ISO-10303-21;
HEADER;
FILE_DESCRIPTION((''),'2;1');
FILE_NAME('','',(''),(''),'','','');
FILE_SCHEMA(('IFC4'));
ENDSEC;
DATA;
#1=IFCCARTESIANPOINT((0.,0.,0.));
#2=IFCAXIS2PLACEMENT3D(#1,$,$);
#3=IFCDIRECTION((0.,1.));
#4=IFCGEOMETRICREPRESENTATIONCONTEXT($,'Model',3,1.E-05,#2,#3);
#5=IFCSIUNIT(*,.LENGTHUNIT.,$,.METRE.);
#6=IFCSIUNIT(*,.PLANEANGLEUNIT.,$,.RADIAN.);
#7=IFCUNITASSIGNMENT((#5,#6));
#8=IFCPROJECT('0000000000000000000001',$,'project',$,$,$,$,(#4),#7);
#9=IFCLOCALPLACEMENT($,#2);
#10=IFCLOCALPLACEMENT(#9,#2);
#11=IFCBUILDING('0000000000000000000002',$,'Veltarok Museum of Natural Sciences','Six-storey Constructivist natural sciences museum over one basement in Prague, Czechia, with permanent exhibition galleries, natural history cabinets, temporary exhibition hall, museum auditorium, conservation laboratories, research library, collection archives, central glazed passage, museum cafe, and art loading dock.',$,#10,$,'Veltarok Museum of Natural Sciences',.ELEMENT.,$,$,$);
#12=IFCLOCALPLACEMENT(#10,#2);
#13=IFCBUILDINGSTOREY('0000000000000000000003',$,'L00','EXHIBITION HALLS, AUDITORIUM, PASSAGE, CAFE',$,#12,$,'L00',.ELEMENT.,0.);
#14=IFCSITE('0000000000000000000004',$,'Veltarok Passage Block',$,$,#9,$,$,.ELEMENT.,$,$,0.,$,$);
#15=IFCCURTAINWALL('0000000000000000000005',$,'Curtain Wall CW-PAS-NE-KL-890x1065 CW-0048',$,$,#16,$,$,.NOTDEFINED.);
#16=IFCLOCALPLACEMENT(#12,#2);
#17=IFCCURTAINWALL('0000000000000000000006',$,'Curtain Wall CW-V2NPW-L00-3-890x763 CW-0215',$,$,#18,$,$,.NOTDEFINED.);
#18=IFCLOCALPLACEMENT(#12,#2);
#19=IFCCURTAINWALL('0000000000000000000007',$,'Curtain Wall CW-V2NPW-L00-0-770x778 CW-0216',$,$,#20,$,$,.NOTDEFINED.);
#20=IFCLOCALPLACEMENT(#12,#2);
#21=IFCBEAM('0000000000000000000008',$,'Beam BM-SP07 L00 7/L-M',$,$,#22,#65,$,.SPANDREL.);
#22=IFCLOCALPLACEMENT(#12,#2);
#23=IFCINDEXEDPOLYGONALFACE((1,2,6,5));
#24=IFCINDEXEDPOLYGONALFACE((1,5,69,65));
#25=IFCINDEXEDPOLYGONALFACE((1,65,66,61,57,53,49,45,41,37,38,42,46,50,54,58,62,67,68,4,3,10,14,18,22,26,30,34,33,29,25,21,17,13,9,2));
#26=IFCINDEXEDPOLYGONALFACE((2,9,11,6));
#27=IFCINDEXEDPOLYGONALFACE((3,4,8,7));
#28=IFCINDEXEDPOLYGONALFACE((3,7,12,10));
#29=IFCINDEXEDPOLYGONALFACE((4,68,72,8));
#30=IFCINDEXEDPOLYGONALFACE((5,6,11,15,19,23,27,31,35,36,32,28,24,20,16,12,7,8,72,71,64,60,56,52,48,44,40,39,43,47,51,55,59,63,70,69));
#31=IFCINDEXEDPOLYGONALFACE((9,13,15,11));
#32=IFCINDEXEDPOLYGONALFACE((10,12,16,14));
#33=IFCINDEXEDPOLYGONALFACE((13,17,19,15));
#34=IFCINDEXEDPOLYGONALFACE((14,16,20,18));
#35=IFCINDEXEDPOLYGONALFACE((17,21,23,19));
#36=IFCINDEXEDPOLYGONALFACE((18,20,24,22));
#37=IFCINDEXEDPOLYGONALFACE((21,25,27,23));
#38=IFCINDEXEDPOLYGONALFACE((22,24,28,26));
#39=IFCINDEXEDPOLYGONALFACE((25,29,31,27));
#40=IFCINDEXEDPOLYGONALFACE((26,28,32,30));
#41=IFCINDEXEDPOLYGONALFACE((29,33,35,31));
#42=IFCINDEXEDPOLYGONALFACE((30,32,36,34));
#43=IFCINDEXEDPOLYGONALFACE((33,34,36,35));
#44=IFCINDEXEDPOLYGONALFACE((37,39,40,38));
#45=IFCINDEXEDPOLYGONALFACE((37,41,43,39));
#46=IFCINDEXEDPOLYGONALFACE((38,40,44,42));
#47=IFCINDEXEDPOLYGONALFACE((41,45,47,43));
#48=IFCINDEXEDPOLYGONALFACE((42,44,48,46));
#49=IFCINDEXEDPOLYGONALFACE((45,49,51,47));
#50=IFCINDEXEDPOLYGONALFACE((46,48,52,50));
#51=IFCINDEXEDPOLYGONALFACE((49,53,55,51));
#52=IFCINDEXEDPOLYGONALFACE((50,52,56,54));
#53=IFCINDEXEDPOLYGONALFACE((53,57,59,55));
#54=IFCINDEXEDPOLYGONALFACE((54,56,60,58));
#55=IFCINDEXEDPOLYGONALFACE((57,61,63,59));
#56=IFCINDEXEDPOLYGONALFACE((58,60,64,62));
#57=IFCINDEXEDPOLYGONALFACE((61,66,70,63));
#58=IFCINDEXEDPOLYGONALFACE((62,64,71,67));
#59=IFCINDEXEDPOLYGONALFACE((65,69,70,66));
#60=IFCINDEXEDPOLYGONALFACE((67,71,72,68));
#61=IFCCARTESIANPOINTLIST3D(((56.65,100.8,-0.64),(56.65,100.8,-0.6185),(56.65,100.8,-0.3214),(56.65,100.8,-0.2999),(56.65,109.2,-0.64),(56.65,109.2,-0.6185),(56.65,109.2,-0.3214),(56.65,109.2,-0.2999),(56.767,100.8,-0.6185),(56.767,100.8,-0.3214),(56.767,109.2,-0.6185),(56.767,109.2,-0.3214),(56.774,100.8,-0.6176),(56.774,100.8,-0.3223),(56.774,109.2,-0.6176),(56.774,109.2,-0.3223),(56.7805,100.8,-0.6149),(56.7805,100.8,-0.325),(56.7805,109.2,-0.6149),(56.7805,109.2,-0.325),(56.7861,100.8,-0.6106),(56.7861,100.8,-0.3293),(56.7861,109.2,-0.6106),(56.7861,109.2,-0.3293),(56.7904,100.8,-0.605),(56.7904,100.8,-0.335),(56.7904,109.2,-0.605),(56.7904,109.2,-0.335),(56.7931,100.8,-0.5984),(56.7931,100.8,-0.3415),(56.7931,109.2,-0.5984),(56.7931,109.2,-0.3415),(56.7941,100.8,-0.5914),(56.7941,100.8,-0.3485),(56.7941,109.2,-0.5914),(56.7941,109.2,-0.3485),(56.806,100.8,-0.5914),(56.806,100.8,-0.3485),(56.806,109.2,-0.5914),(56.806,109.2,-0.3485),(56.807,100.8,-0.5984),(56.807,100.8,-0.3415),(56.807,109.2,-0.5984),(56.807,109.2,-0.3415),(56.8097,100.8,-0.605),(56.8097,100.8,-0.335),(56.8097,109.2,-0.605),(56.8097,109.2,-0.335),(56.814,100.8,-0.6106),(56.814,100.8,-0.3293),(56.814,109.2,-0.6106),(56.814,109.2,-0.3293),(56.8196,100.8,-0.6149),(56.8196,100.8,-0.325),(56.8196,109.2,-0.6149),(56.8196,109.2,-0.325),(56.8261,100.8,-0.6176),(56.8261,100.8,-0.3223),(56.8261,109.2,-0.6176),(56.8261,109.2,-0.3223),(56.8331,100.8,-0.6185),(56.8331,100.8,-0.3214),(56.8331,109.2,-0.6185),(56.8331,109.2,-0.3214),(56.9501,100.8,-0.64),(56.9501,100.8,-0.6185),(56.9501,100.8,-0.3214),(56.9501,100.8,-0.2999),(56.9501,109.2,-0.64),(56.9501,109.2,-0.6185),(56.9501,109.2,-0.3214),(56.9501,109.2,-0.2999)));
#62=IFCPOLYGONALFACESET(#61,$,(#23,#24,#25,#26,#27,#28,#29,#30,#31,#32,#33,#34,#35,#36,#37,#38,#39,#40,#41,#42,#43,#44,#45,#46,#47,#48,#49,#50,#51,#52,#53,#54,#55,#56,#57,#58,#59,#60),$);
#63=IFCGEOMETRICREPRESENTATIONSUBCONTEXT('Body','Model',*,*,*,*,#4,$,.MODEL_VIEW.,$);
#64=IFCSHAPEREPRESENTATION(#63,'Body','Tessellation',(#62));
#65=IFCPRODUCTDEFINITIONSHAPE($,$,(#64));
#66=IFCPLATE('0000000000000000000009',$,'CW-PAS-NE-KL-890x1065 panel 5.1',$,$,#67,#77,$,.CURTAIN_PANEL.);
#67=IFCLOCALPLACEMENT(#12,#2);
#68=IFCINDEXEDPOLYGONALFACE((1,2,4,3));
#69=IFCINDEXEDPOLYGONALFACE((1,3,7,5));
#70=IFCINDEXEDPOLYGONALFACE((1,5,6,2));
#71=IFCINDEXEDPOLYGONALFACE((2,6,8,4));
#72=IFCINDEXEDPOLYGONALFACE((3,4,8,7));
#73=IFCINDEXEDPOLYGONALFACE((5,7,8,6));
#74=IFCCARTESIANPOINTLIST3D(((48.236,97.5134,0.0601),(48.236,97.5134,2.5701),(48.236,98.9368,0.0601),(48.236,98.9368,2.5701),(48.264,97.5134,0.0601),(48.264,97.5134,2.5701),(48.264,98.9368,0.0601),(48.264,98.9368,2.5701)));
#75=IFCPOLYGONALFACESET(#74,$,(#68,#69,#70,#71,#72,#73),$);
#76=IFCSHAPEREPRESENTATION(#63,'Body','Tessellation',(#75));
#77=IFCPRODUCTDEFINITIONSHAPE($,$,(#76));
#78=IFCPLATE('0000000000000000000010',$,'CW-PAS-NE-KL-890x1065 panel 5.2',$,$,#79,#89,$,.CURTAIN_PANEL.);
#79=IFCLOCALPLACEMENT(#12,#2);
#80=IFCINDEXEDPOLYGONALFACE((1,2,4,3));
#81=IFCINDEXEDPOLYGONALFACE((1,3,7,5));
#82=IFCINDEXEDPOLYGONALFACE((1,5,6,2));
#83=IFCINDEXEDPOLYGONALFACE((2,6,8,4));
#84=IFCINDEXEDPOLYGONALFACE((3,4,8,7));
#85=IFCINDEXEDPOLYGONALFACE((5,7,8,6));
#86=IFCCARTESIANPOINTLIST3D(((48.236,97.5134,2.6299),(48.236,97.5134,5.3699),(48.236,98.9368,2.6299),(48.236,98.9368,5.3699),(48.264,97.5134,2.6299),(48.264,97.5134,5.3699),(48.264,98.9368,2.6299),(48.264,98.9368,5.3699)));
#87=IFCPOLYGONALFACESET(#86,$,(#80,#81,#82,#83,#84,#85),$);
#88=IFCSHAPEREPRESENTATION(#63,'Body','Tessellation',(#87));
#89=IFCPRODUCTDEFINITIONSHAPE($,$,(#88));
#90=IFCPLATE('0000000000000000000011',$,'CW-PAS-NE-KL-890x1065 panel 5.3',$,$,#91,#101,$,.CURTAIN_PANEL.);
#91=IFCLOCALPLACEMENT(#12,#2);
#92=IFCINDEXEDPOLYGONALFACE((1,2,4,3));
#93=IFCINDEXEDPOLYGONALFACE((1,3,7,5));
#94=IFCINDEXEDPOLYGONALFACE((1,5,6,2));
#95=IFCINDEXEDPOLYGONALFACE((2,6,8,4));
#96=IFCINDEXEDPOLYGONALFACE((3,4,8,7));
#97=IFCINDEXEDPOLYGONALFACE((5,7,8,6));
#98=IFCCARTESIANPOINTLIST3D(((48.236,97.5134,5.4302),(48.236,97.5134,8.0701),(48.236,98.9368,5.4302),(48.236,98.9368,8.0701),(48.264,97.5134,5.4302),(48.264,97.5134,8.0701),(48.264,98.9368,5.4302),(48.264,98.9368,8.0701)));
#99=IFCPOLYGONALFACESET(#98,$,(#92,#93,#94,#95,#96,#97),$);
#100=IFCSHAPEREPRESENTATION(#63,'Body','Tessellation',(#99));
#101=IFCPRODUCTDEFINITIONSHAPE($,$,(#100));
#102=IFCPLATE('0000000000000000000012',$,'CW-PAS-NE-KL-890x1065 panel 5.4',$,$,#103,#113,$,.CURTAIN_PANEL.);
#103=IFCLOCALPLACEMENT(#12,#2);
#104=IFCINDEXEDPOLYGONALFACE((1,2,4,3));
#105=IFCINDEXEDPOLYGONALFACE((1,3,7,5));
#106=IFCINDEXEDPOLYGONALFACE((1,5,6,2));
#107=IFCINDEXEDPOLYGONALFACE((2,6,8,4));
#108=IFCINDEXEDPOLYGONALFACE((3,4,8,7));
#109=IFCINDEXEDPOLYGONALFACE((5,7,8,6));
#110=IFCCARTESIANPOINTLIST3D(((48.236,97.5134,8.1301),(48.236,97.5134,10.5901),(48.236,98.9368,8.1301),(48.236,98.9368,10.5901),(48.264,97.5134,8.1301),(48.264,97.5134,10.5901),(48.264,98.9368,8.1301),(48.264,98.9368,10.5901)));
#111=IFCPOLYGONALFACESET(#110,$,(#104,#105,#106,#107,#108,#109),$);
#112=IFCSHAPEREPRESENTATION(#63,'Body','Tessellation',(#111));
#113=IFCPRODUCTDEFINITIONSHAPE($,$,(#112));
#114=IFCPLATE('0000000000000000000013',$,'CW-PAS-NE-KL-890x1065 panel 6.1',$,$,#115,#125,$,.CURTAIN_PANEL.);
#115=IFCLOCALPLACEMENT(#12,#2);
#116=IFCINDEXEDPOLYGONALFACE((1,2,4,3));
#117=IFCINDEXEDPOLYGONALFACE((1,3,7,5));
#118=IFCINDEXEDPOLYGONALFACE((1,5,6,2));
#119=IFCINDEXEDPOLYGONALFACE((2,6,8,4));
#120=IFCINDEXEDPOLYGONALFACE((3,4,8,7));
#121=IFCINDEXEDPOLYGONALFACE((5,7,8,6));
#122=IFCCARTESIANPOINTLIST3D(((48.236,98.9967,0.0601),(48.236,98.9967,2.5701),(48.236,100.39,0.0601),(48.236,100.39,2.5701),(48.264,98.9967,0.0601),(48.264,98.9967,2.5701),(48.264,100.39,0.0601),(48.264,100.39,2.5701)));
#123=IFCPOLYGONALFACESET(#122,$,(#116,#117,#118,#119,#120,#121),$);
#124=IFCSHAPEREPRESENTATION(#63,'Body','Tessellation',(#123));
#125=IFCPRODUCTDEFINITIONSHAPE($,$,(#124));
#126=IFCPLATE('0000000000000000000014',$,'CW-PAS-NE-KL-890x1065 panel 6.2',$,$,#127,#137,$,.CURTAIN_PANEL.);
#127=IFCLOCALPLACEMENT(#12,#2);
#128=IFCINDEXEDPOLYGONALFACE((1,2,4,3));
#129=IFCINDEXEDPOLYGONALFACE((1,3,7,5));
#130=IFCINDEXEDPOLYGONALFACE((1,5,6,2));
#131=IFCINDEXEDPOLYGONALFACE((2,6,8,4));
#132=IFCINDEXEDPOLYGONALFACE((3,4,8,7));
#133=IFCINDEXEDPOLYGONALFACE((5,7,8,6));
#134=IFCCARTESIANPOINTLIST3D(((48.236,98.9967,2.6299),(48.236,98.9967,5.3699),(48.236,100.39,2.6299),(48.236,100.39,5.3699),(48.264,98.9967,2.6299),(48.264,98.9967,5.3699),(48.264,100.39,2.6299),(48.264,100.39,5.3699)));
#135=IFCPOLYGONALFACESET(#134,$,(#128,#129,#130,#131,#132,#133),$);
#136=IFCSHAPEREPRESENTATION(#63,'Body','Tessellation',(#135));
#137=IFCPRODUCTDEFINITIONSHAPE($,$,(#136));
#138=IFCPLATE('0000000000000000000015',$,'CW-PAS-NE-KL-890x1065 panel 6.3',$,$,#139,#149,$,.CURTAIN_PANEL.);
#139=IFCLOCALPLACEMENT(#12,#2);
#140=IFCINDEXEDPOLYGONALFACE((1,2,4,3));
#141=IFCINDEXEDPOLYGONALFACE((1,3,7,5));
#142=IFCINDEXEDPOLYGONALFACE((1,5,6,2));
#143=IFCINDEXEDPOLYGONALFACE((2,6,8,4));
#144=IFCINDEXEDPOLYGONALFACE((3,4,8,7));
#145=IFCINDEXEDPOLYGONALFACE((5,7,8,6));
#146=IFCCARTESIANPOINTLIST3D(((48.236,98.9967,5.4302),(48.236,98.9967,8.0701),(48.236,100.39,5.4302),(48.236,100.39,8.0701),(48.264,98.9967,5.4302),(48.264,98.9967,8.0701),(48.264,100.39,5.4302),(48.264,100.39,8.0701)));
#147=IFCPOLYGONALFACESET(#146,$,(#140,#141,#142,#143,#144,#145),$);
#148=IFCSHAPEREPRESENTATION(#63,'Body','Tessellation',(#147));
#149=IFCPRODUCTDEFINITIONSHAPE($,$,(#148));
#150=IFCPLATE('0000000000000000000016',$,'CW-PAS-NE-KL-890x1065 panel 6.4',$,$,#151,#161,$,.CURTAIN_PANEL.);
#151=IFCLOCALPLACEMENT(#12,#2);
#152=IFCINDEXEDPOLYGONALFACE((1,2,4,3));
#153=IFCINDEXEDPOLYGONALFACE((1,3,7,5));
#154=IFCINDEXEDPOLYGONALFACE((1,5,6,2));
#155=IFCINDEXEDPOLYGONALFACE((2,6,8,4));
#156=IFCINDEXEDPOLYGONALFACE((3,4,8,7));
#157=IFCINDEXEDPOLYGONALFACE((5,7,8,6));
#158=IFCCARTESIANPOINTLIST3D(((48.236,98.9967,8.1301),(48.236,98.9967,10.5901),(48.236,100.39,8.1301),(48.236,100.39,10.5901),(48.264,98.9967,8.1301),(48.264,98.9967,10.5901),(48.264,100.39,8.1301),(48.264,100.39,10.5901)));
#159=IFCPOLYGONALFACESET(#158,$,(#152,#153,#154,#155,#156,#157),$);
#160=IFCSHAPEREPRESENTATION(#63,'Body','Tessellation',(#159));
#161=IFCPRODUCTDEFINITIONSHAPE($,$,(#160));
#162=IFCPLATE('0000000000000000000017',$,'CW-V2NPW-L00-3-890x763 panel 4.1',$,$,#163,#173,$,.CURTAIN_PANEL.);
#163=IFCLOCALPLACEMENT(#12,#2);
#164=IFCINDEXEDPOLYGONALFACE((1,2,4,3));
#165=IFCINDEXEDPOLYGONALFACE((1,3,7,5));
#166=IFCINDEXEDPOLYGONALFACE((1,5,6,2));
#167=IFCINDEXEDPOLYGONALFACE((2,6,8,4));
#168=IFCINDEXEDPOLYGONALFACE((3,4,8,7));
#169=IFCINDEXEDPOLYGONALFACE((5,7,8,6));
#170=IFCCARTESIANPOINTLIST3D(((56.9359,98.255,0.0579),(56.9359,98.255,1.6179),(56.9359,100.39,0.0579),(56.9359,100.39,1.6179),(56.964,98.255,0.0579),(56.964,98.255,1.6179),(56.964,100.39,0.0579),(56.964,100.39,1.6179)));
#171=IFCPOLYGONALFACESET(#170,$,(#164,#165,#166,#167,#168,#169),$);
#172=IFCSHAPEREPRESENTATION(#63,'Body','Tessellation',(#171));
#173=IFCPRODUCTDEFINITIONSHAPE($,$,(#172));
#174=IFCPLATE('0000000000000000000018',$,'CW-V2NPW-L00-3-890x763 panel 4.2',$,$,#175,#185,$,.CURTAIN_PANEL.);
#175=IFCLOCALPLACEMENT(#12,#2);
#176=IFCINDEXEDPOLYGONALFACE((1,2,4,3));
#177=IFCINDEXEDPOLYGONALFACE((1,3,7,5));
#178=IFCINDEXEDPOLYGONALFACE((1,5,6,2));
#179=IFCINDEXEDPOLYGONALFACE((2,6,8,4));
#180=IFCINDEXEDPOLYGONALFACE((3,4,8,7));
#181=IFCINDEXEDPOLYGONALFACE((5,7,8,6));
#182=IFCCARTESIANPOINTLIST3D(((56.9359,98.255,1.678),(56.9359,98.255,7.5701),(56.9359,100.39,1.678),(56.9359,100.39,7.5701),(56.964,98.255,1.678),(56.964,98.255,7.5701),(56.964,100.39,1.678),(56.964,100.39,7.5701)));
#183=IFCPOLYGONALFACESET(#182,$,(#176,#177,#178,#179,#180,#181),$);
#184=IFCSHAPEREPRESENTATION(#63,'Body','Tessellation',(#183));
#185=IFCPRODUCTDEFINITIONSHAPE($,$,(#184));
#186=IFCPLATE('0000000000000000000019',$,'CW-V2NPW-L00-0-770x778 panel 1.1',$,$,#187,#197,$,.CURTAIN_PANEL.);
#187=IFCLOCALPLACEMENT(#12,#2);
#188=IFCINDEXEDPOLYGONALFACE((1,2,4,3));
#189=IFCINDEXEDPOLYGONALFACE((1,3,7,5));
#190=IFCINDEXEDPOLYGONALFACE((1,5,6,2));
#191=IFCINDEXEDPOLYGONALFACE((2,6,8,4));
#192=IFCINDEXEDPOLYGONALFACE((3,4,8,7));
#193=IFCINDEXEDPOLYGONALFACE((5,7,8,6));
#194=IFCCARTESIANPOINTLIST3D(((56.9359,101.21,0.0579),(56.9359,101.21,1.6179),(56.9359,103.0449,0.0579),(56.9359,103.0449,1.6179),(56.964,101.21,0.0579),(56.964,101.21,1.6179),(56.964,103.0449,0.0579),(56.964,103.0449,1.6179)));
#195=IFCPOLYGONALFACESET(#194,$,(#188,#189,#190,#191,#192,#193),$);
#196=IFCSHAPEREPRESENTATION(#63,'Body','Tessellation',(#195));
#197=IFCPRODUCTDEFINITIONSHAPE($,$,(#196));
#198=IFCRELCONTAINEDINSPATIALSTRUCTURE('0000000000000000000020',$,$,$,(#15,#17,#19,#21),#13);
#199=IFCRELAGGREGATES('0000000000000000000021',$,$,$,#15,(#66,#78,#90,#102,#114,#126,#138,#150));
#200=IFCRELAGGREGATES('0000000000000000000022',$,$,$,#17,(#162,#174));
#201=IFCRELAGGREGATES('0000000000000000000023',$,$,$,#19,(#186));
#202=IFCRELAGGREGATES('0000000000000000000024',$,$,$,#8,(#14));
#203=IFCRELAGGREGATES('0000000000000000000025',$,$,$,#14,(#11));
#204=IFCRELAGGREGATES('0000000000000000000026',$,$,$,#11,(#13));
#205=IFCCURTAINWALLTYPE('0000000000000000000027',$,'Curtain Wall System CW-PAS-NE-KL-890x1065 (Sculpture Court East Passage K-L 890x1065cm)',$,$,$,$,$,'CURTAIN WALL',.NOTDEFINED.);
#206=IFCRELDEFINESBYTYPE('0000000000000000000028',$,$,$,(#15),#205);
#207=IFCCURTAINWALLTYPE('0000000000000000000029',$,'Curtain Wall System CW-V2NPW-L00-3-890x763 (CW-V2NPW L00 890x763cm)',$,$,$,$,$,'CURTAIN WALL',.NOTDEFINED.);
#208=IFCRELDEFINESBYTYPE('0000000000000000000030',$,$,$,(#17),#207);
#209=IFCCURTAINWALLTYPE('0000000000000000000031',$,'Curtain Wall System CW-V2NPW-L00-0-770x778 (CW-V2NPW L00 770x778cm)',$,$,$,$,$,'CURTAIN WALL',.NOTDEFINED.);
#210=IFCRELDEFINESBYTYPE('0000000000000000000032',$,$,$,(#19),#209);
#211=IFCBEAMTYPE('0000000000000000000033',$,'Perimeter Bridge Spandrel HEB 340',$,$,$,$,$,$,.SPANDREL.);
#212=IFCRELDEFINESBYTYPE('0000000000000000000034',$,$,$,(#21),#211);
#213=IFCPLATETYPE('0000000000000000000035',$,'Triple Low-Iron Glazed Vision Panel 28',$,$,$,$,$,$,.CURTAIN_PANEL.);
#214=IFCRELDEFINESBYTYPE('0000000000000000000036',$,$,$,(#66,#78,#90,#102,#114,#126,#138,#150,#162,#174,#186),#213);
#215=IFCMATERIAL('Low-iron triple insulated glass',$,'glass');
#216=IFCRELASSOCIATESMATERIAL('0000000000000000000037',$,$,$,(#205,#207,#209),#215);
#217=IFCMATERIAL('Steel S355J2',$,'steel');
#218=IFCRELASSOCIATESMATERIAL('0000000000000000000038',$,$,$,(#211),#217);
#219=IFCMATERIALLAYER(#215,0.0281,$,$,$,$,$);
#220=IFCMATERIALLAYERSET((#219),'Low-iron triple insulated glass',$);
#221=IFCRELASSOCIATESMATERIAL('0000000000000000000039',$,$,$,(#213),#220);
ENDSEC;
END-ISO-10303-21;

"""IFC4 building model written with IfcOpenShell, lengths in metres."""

from ifc_helpers import new_model, si_unit, direction, frame, origin, origin_2d, place, context, subcontext, project, spatial, rectangle, i_section, extrude, material, layer, layer_set, material_profile, profile_set, type_object, element, aggregate, save


model = new_model("IFC4")

# Units and contexts
model_context = context("Model", 3, precision=1e-05, world=origin(), true_north=direction((0.0, 1.0)))
body_context = subcontext(model_context, "Body", "Model", "MODEL_VIEW")
ifc_project = project(units=[si_unit("LENGTHUNIT", "METRE"), si_unit("PLANEANGLEUNIT", "RADIAN")], contexts=[model_context])

# Site, building, storey
site_placement = place(None, origin())
site = spatial("IfcSite", under=ifc_project, at=site_placement, Name="Veltarok Passage Block", CompositionType="ELEMENT", RefElevation=0.0)
building_placement = place(site_placement, origin())
building = spatial("IfcBuilding", under=site, at=building_placement, Name="Veltarok Museum of Natural Sciences", Description="Six-storey Constructivist natural sciences museum over one basement in Prague, Czechia, with permanent exhibition galleries, natural history cabinets, temporary exhibition hall, museum auditorium, conservation laboratories, research library, collection archives, central glazed passage, museum cafe, and art loading dock.", LongName="Veltarok Museum of Natural Sciences", CompositionType="ELEMENT")
storey_placement = place(building_placement, origin())
storey = spatial("IfcBuildingStorey", under=building, at=storey_placement, Name="L00", Description="EXHIBITION HALLS, AUDITORIUM, PASSAGE, CAFE", LongName="L00", CompositionType="ELEMENT", Elevation=0.0)

# Shared definitions
ifc_material_1 = material(Name="Steel S355J2", Category="steel")

# Curtain walls
ifc_material_2 = material(Name="Low-iron triple insulated glass", Category="glass")
curtain_wall_type_1 = type_object("IfcCurtainWallType", Name="Curtain Wall System CW-PAS-NE-KL-890x1065 (Sculpture Court East Passage K-L 890x1065cm)", ElementType="CURTAIN WALL", PredefinedType="NOTDEFINED", material=ifc_material_2)
curtain_wall_1_placement = place(storey_placement, origin())
curtain_wall_1 = element("IfcCurtainWall", 1, at=curtain_wall_1_placement, inside=storey, type_object=curtain_wall_type_1, Name="Curtain Wall CW-PAS-NE-KL-890x1065 CW-0048", PredefinedType="NOTDEFINED")
curtain_wall_type_2 = type_object("IfcCurtainWallType", Name="Curtain Wall System CW-V2NPW-L00-3-890x763 (CW-V2NPW L00 890x763cm)", ElementType="CURTAIN WALL", PredefinedType="NOTDEFINED", material=ifc_material_2)
curtain_wall_2_placement = place(storey_placement, origin())
curtain_wall_2 = element("IfcCurtainWall", 2, at=curtain_wall_2_placement, inside=storey, type_object=curtain_wall_type_2, Name="Curtain Wall CW-V2NPW-L00-3-890x763 CW-0215", PredefinedType="NOTDEFINED")
curtain_wall_type_3 = type_object("IfcCurtainWallType", Name="Curtain Wall System CW-V2NPW-L00-0-770x778 (CW-V2NPW L00 770x778cm)", ElementType="CURTAIN WALL", PredefinedType="NOTDEFINED", material=ifc_material_2)
curtain_wall_3_placement = place(storey_placement, origin())
curtain_wall_3 = element("IfcCurtainWall", 3, at=curtain_wall_3_placement, inside=storey, type_object=curtain_wall_type_3, Name="Curtain Wall CW-V2NPW-L00-0-770x778 CW-0216", PredefinedType="NOTDEFINED")

# Beam
ifc_material_profile_1 = material_profile(ifc_material_1, i_section(OverallWidth=0.3, OverallDepth=0.3401, WebThickness=0.012, FlangeThickness=0.0215, FilletRadius=0.0271, at=origin_2d()), Name="HEB 340")
ifc_profile_set_1 = profile_set([ifc_material_profile_1], Name="Steel S355J2")
beam_type = type_object("IfcBeamType", Name="Perimeter Bridge Spandrel HEB 340", PredefinedType="SPANDREL", material=ifc_profile_set_1)
for number, where, z_axis, x_axis, name in (
    (4, (56.8, 100.8, -0.47), (0.0, 1.0, 0.0), (-1.0, 0.0, 0.0), "Beam BM-SP07 L00 7/L-M"),
):
    element("IfcBeam", number, at=place(storey_placement, frame(where, z_axis=z_axis, x_axis=x_axis)), inside=storey, type_object=beam_type, Name=name, PredefinedType="SPANDREL", context=body_context, shape_type="SweptSolid", body=[
        extrude(i_section(OverallWidth=0.3, OverallDepth=0.3401, WebThickness=0.012, FlangeThickness=0.0215, FilletRadius=0.0271, at=origin_2d()), origin(), (0.0, 0.0, 1.0), 8.3999),
    ])

# Plates
ifc_layer = layer(ifc_material_2, 0.0281)
ifc_layer_set = layer_set([ifc_layer], Name="Low-iron triple insulated glass")
plate_type = type_object("IfcPlateType", Name="Triple Low-Iron Glazed Vision Panel 28", PredefinedType="CURTAIN_PANEL", material=ifc_layer_set)
plate_1_placement = place(storey_placement, frame((48.25, 98.2251, 0.0601), z_axis=(0.0, 0.0, 1.0), x_axis=(0.0, 1.0, 0.0)))
plate_1 = element("IfcPlate", 5, at=plate_1_placement, type_object=plate_type, Name="CW-PAS-NE-KL-890x1065 panel 5.1", PredefinedType="CURTAIN_PANEL", context=body_context, shape_type="SweptSolid", body=[
    extrude(rectangle(XDim=1.4233, YDim=0.0281, at=origin_2d()), origin(), (0.0, 0.0, 1.0), 2.51),
])
plate_2_placement = place(storey_placement, frame((48.25, 98.2251, 2.6299), z_axis=(0.0, 0.0, 1.0), x_axis=(0.0, 1.0, 0.0)))
plate_2 = element("IfcPlate", 6, at=plate_2_placement, type_object=plate_type, Name="CW-PAS-NE-KL-890x1065 panel 5.2", PredefinedType="CURTAIN_PANEL", context=body_context, shape_type="SweptSolid", body=[
    extrude(rectangle(XDim=1.4233, YDim=0.0281, at=origin_2d()), origin(), (0.0, 0.0, 1.0), 2.74),
])
plate_3_placement = place(storey_placement, frame((48.25, 98.2251, 5.4302), z_axis=(0.0, 0.0, 1.0), x_axis=(0.0, 1.0, 0.0)))
plate_3 = element("IfcPlate", 7, at=plate_3_placement, type_object=plate_type, Name="CW-PAS-NE-KL-890x1065 panel 5.3", PredefinedType="CURTAIN_PANEL", context=body_context, shape_type="SweptSolid", body=[
    extrude(rectangle(XDim=1.4233, YDim=0.0281, at=origin_2d()), origin(), (0.0, 0.0, 1.0), 2.6399),
])
plate_4_placement = place(storey_placement, frame((48.25, 98.2251, 8.1301), z_axis=(0.0, 0.0, 1.0), x_axis=(0.0, 1.0, 0.0)))
plate_4 = element("IfcPlate", 8, at=plate_4_placement, type_object=plate_type, Name="CW-PAS-NE-KL-890x1065 panel 5.4", PredefinedType="CURTAIN_PANEL", context=body_context, shape_type="SweptSolid", body=[
    extrude(rectangle(XDim=1.4233, YDim=0.0281, at=origin_2d()), origin(), (0.0, 0.0, 1.0), 2.46),
])
plate_5_placement = place(storey_placement, frame((48.25, 99.6934, 0.0601), z_axis=(0.0, 0.0, 1.0), x_axis=(0.0, 1.0, 0.0)))
plate_5 = element("IfcPlate", 9, at=plate_5_placement, type_object=plate_type, Name="CW-PAS-NE-KL-890x1065 panel 6.1", PredefinedType="CURTAIN_PANEL", context=body_context, shape_type="SweptSolid", body=[
    extrude(rectangle(XDim=1.3933, YDim=0.0281, at=origin_2d()), origin(), (0.0, 0.0, 1.0), 2.51),
])
plate_6_placement = place(storey_placement, frame((48.25, 99.6934, 2.6299), z_axis=(0.0, 0.0, 1.0), x_axis=(0.0, 1.0, 0.0)))
plate_6 = element("IfcPlate", 10, at=plate_6_placement, type_object=plate_type, Name="CW-PAS-NE-KL-890x1065 panel 6.2", PredefinedType="CURTAIN_PANEL", context=body_context, shape_type="SweptSolid", body=[
    extrude(rectangle(XDim=1.3933, YDim=0.0281, at=origin_2d()), origin(), (0.0, 0.0, 1.0), 2.74),
])
plate_7_placement = place(storey_placement, frame((48.25, 99.6934, 5.4302), z_axis=(0.0, 0.0, 1.0), x_axis=(0.0, 1.0, 0.0)))
plate_7 = element("IfcPlate", 11, at=plate_7_placement, type_object=plate_type, Name="CW-PAS-NE-KL-890x1065 panel 6.3", PredefinedType="CURTAIN_PANEL", context=body_context, shape_type="SweptSolid", body=[
    extrude(rectangle(XDim=1.3933, YDim=0.0281, at=origin_2d()), origin(), (0.0, 0.0, 1.0), 2.6399),
])
plate_8_placement = place(storey_placement, frame((48.25, 99.6934, 8.1301), z_axis=(0.0, 0.0, 1.0), x_axis=(0.0, 1.0, 0.0)))
plate_8 = element("IfcPlate", 12, at=plate_8_placement, type_object=plate_type, Name="CW-PAS-NE-KL-890x1065 panel 6.4", PredefinedType="CURTAIN_PANEL", context=body_context, shape_type="SweptSolid", body=[
    extrude(rectangle(XDim=1.3933, YDim=0.0281, at=origin_2d()), origin(), (0.0, 0.0, 1.0), 2.46),
])
aggregate(curtain_wall_1, [plate_1, plate_2, plate_3, plate_4, plate_5, plate_6, plate_7, plate_8])
plate_9_placement = place(storey_placement, frame((56.95, 99.3225, 0.0579), z_axis=(0.0, 0.0, 1.0), x_axis=(0.0, 1.0, 0.0)))
plate_9 = element("IfcPlate", 13, at=plate_9_placement, type_object=plate_type, Name="CW-V2NPW-L00-3-890x763 panel 4.1", PredefinedType="CURTAIN_PANEL", context=body_context, shape_type="SweptSolid", body=[
    extrude(rectangle(XDim=2.135, YDim=0.0281, at=origin_2d()), origin(), (0.0, 0.0, 1.0), 1.5601),
])
plate_10_placement = place(storey_placement, frame((56.95, 99.3225, 1.678), z_axis=(0.0, 0.0, 1.0), x_axis=(0.0, 1.0, 0.0)))
plate_10 = element("IfcPlate", 14, at=plate_10_placement, type_object=plate_type, Name="CW-V2NPW-L00-3-890x763 panel 4.2", PredefinedType="CURTAIN_PANEL", context=body_context, shape_type="SweptSolid", body=[
    extrude(rectangle(XDim=2.135, YDim=0.0281, at=origin_2d()), origin(), (0.0, 0.0, 1.0), 5.8921),
])
aggregate(curtain_wall_2, [plate_9, plate_10])
plate_11_placement = place(storey_placement, frame((56.95, 102.1274, 0.0579), z_axis=(0.0, 0.0, 1.0), x_axis=(0.0, 1.0, 0.0)))
plate_11 = element("IfcPlate", 15, at=plate_11_placement, type_object=plate_type, Name="CW-V2NPW-L00-0-770x778 panel 1.1", PredefinedType="CURTAIN_PANEL", context=body_context, shape_type="SweptSolid", body=[
    extrude(rectangle(XDim=1.835, YDim=0.0281, at=origin_2d()), origin(), (0.0, 0.0, 1.0), 1.5601),
])
aggregate(curtain_wall_3, [plate_11])

save(model, "model.ifc")
